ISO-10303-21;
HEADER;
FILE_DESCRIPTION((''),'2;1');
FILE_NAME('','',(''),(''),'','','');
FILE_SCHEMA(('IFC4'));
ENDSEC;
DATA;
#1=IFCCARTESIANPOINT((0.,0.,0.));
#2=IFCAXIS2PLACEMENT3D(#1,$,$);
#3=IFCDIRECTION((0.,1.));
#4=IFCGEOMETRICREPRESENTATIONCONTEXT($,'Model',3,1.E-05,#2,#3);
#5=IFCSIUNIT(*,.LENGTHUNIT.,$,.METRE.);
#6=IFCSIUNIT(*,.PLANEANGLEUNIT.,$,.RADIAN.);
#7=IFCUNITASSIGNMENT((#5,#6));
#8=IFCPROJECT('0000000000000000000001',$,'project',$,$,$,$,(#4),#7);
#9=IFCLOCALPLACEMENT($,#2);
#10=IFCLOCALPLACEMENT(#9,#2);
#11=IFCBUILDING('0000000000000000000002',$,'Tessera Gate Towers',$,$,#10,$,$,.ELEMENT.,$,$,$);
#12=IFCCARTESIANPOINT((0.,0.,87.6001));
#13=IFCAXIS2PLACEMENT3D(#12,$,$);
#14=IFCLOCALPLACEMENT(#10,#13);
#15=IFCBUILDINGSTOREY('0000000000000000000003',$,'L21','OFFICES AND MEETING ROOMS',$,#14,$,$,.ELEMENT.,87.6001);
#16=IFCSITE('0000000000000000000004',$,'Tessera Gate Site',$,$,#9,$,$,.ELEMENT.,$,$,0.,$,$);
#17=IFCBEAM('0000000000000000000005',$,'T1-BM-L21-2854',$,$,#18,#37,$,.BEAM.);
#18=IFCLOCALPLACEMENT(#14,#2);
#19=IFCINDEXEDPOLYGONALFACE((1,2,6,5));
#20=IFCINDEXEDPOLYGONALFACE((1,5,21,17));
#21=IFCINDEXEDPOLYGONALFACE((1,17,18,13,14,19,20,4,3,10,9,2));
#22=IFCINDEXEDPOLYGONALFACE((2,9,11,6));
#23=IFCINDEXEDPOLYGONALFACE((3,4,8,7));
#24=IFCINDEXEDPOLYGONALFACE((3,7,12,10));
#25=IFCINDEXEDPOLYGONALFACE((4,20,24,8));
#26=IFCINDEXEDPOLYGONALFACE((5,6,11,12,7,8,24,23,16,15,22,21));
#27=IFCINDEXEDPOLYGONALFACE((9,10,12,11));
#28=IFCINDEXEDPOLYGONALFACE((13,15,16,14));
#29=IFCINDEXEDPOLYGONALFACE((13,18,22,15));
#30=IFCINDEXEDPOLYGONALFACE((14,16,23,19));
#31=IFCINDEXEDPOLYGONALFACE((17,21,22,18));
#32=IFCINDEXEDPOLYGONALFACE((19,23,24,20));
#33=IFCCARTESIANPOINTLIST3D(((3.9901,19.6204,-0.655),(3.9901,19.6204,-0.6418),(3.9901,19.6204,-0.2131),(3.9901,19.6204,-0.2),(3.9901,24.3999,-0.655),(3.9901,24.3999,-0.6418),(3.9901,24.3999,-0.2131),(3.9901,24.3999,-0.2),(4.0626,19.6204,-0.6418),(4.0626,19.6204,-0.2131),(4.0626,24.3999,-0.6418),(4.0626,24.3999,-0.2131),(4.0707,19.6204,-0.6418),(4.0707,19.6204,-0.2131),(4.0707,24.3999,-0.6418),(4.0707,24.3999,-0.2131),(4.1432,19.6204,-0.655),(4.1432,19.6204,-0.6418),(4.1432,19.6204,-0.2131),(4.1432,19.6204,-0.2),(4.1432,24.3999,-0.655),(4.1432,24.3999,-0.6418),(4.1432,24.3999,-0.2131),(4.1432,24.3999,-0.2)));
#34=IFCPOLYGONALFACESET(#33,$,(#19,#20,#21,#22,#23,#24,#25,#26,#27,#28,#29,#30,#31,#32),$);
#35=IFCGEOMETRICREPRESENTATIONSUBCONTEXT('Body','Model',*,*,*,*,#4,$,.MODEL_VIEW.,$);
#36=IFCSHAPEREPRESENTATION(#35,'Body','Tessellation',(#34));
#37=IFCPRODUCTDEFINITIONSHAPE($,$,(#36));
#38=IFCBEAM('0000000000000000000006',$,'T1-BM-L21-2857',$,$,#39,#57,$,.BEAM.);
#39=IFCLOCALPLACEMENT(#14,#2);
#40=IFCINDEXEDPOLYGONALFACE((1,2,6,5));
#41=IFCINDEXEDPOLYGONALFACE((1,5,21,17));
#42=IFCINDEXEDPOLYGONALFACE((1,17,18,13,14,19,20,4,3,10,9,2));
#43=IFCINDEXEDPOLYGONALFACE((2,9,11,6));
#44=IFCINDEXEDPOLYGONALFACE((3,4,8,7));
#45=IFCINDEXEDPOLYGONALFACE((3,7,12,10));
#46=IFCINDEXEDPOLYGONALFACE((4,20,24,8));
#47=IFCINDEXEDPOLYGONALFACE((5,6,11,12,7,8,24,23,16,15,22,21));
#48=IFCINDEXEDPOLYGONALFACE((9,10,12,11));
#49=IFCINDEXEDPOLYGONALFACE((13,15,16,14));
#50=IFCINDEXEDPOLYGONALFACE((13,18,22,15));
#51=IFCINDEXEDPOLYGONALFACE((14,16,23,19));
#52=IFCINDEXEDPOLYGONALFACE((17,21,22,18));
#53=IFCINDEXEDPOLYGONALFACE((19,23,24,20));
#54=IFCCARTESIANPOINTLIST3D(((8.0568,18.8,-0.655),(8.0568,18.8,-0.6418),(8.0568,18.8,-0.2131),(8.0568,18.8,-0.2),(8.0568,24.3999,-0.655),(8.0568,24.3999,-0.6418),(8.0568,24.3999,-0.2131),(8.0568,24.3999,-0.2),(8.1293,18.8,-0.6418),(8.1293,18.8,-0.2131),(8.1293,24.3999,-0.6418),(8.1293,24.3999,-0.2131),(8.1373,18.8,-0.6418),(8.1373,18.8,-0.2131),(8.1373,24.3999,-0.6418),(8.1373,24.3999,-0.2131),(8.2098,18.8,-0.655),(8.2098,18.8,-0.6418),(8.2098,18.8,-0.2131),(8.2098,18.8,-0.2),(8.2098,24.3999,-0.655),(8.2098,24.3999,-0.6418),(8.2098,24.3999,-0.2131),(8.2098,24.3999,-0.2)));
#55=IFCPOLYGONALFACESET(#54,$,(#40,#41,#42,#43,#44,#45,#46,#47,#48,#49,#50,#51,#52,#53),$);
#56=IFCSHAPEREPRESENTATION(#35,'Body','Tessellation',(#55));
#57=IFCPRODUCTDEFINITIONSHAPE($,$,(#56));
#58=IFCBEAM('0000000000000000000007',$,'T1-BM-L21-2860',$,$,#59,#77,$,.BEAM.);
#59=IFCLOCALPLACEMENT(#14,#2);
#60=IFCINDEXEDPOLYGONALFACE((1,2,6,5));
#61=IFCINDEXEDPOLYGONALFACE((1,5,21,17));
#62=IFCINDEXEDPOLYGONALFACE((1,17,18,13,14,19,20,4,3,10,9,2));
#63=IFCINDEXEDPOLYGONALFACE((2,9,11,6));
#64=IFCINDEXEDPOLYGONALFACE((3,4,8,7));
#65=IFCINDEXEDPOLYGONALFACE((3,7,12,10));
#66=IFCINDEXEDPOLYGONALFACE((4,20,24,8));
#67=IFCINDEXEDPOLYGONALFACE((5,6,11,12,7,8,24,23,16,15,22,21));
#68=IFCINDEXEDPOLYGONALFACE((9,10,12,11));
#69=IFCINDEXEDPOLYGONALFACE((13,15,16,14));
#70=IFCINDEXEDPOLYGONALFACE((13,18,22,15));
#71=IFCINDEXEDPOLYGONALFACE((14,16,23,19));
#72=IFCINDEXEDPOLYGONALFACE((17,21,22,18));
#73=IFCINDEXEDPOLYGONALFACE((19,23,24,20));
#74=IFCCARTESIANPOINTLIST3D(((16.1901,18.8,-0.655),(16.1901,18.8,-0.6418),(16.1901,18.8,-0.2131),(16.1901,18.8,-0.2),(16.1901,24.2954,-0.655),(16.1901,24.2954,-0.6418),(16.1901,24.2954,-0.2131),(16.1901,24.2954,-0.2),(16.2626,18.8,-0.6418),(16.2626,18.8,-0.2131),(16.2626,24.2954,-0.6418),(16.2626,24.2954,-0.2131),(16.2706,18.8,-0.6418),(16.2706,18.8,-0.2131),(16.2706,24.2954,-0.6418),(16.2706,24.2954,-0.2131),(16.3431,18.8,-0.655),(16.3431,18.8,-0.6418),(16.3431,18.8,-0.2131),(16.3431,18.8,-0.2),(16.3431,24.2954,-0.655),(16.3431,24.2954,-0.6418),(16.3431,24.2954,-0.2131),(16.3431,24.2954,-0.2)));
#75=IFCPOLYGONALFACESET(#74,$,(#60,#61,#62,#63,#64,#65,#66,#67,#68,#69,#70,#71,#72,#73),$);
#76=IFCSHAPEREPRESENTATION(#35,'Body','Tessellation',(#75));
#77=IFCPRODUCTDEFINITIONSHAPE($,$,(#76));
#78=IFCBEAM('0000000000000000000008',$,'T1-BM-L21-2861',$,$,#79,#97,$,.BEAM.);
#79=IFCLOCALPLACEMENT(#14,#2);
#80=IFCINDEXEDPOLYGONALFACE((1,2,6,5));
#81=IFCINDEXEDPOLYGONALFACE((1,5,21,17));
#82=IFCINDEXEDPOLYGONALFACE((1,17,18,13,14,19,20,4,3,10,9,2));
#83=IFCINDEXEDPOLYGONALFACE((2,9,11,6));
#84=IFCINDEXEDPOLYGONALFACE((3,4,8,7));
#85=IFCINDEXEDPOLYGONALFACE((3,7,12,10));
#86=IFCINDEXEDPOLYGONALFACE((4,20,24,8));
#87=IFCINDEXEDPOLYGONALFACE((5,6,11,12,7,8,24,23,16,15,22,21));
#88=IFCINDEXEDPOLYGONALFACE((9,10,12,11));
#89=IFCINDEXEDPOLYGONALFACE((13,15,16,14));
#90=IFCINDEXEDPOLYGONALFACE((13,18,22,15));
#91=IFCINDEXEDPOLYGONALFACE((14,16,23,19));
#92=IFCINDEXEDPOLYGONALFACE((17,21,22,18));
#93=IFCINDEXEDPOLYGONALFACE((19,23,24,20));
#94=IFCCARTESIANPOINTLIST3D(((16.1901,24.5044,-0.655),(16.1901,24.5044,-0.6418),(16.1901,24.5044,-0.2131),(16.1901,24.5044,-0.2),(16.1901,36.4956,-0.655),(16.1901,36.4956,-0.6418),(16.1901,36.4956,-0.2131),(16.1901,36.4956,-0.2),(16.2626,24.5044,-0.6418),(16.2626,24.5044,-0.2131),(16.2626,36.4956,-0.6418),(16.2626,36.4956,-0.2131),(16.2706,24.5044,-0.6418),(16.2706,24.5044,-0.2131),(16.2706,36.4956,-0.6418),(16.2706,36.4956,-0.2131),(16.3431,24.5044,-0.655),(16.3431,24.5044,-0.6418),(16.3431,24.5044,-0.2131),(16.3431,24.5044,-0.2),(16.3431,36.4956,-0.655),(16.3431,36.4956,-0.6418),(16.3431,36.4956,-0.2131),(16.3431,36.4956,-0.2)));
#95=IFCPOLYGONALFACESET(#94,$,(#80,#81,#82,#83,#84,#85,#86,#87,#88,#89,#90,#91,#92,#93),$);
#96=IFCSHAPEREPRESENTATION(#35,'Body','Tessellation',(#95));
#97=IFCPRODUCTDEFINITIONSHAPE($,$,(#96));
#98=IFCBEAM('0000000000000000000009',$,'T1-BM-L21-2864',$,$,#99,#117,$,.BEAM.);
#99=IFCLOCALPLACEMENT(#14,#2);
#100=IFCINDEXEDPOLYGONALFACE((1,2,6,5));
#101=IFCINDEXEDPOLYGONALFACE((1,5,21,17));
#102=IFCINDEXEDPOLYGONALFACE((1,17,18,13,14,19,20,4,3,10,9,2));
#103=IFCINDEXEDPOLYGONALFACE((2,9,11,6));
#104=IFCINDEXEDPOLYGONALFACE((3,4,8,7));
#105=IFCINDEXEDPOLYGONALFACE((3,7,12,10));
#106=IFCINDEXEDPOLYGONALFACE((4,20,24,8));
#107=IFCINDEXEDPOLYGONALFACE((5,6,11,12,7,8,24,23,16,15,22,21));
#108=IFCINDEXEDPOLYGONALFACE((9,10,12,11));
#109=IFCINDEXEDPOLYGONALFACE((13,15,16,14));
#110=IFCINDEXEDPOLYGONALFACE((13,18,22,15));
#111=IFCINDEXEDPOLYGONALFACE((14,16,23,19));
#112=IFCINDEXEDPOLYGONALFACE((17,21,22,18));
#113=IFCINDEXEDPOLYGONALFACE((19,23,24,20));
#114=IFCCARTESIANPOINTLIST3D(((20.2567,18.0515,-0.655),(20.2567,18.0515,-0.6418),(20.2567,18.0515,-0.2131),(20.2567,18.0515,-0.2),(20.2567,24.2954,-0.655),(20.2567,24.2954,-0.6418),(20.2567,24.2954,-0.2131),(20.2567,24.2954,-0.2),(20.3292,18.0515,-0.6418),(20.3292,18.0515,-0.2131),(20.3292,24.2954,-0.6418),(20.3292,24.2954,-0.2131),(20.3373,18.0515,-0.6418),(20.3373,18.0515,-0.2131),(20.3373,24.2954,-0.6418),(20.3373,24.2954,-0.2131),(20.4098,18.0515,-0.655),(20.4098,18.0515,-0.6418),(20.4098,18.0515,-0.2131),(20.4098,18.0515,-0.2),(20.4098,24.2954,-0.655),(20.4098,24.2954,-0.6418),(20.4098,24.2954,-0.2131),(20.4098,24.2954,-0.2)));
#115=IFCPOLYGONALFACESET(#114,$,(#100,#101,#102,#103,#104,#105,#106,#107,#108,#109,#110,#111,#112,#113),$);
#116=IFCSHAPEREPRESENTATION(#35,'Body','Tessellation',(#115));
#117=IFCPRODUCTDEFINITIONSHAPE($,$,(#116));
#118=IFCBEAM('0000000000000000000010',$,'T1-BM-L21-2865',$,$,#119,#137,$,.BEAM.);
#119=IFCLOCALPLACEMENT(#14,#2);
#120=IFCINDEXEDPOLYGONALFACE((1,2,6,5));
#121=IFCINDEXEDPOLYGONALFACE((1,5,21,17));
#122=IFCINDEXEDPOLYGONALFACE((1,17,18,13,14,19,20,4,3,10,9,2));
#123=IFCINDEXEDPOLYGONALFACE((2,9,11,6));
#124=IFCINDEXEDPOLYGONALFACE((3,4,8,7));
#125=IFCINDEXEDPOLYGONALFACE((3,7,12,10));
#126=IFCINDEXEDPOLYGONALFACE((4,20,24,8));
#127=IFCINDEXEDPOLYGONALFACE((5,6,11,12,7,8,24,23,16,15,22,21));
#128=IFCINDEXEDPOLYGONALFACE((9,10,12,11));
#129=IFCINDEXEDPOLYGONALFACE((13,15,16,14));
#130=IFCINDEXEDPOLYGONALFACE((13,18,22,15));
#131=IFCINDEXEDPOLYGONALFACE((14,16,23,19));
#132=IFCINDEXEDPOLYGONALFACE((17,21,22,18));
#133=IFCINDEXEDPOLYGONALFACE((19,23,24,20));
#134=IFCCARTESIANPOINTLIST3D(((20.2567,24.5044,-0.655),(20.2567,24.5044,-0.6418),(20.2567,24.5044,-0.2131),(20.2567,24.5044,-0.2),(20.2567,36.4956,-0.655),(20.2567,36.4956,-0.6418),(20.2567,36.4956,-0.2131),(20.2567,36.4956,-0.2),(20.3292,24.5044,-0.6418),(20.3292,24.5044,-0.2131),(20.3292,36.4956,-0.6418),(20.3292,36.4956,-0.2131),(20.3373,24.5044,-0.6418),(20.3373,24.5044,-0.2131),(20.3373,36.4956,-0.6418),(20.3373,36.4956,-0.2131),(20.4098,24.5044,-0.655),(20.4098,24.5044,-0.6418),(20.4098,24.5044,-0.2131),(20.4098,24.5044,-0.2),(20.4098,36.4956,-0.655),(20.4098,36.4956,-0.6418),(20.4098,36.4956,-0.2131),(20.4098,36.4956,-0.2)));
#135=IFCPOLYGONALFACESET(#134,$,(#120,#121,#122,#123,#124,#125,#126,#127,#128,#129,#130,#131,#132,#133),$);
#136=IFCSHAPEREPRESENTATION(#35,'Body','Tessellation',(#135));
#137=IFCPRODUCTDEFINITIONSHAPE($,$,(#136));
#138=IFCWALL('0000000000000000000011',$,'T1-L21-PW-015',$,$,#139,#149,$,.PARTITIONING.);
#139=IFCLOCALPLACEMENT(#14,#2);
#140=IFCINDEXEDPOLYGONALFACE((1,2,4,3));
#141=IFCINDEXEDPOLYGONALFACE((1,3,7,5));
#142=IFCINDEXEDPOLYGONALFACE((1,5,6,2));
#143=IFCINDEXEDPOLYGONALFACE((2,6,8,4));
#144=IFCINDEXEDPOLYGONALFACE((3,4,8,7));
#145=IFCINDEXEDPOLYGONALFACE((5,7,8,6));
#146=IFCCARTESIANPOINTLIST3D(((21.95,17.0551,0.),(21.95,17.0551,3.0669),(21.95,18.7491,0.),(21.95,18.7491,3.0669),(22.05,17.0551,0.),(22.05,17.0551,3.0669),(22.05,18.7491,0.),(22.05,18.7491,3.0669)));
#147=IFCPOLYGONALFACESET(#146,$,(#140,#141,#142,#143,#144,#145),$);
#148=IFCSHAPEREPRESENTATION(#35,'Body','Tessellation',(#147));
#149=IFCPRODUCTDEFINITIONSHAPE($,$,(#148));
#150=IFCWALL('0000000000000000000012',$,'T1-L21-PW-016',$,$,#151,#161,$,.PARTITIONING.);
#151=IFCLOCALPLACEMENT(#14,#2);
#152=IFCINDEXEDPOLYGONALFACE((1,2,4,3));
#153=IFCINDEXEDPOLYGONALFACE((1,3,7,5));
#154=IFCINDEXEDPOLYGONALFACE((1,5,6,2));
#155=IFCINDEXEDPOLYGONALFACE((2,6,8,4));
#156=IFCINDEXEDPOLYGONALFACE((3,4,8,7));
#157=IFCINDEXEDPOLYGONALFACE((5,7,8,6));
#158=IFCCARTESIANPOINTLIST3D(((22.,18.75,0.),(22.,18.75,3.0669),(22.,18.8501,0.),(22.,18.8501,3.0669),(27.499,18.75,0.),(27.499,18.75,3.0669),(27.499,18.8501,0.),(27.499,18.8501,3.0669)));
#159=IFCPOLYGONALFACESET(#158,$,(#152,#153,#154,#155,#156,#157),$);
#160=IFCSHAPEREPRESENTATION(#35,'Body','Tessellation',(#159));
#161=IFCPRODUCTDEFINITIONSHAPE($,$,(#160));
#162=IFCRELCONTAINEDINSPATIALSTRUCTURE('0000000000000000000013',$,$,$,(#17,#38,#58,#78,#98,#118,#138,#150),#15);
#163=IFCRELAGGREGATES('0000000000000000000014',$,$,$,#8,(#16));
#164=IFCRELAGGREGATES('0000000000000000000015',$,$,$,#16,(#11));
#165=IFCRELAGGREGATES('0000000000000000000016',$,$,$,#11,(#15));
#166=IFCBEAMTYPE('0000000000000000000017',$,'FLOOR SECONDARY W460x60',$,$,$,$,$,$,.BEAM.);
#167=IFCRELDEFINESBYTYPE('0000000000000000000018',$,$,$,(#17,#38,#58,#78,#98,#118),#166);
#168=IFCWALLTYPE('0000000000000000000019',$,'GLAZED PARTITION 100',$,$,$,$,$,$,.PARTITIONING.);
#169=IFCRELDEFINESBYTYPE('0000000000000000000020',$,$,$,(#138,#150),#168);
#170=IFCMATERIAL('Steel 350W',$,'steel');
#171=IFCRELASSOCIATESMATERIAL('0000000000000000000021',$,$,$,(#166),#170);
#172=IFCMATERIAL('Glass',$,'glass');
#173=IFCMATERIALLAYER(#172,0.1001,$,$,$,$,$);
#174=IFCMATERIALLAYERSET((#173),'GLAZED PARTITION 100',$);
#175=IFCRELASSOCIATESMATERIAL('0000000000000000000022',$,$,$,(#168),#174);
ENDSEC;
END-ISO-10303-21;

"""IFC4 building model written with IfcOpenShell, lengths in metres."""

from ifc_helpers import new_model, si_unit, direction, frame, frame_2d, origin, origin_2d, place, context, subcontext, project, spatial, rectangle, i_section, extrude, material, layer, layer_set, material_profile, profile_set, type_object, element, save


model = new_model("IFC4")

# Units and contexts
model_context = context("Model", 3, precision=1e-05, world=origin(), true_north=direction((0.0, 1.0)))
body_context = subcontext(model_context, "Body", "Model", "MODEL_VIEW")
ifc_project = project(units=[si_unit("LENGTHUNIT", "METRE"), si_unit("PLANEANGLEUNIT", "RADIAN")], contexts=[model_context])

# Site, building, storey
site_placement = place(None, origin())
site = spatial("IfcSite", under=ifc_project, at=site_placement, Name="Tessera Gate Site", CompositionType="ELEMENT", RefElevation=0.0)
building_placement = place(site_placement, origin())
building = spatial("IfcBuilding", under=site, at=building_placement, Name="Tessera Gate Towers", CompositionType="ELEMENT")
storey_placement = place(building_placement, frame((0.0, 0.0, 87.6001)))
storey = spatial("IfcBuildingStorey", under=building, at=storey_placement, Name="L21", Description="OFFICES AND MEETING ROOMS", CompositionType="ELEMENT", Elevation=87.6001)

# Beams
ifc_material_1 = material(Name="Steel 350W", Category="steel")
ifc_material_profile_1 = material_profile(ifc_material_1, i_section(OverallWidth=0.1531, OverallDepth=0.4551, WebThickness=0.0081, FlangeThickness=0.0132, at=origin_2d()), Name="W460x60")
ifc_profile_set_1 = profile_set([ifc_material_profile_1], Name="Steel 350W")
beam_type_1 = type_object("IfcBeamType", Name="FLOOR SECONDARY W460x60", PredefinedType="BEAM", material=ifc_profile_set_1)
beam_1_placement = place(storey_placement, frame((4.0667, 19.6204, -0.4275), z_axis=(0.0, 1.0, 0.0), x_axis=(-1.0, 0.0, 0.0)))
element("IfcBeam", 1, at=beam_1_placement, inside=storey, type_object=beam_type_1, Name="T1-BM-L21-2854", PredefinedType="BEAM", context=body_context, shape_type="SweptSolid", body=[
    extrude(i_section(OverallWidth=0.1531, OverallDepth=0.4551, WebThickness=0.0081, FlangeThickness=0.0132, at=origin_2d()), origin(), (0.0, 0.0, 1.0), 4.7795),
])
beam_2_placement = place(storey_placement, frame((8.1333, 18.8, -0.4275), z_axis=(0.0, 1.0, 0.0), x_axis=(-1.0, 0.0, 0.0)))
element("IfcBeam", 2, at=beam_2_placement, inside=storey, type_object=beam_type_1, Name="T1-BM-L21-2857", PredefinedType="BEAM", context=body_context, shape_type="SweptSolid", body=[
    extrude(i_section(OverallWidth=0.1531, OverallDepth=0.4551, WebThickness=0.0081, FlangeThickness=0.0132, at=origin_2d()), origin(), (0.0, 0.0, 1.0), 5.5999),
])
beam_3_placement = place(storey_placement, frame((16.2666, 18.8, -0.4275), z_axis=(0.0, 1.0, 0.0), x_axis=(-1.0, 0.0, 0.0)))
element("IfcBeam", 3, at=beam_3_placement, inside=storey, type_object=beam_type_1, Name="T1-BM-L21-2860", PredefinedType="BEAM", context=body_context, shape_type="SweptSolid", body=[
    extrude(i_section(OverallWidth=0.1531, OverallDepth=0.4551, WebThickness=0.0081, FlangeThickness=0.0132, at=origin_2d()), origin(), (0.0, 0.0, 1.0), 5.4954),
])
beam_4_placement = place(storey_placement, frame((16.2666, 24.5044, -0.4275), z_axis=(0.0, 1.0, 0.0), x_axis=(-1.0, 0.0, 0.0)))
element("IfcBeam", 4, at=beam_4_placement, inside=storey, type_object=beam_type_1, Name="T1-BM-L21-2861", PredefinedType="BEAM", context=body_context, shape_type="SweptSolid", body=[
    extrude(i_section(OverallWidth=0.1531, OverallDepth=0.4551, WebThickness=0.0081, FlangeThickness=0.0132, at=origin_2d()), origin(), (0.0, 0.0, 1.0), 11.9912),
])
beam_5_placement = place(storey_placement, frame((20.3333, 18.0515, -0.4275), z_axis=(0.0, 1.0, 0.0), x_axis=(-1.0, 0.0, 0.0)))
element("IfcBeam", 5, at=beam_5_placement, inside=storey, type_object=beam_type_1, Name="T1-BM-L21-2864", PredefinedType="BEAM", context=body_context, shape_type="SweptSolid", body=[
    extrude(i_section(OverallWidth=0.1531, OverallDepth=0.4551, WebThickness=0.0081, FlangeThickness=0.0132, at=origin_2d()), origin(), (0.0, 0.0, 1.0), 6.2439),
])
beam_6_placement = place(storey_placement, frame((20.3333, 24.5044, -0.4275), z_axis=(0.0, 1.0, 0.0), x_axis=(-1.0, 0.0, 0.0)))
element("IfcBeam", 6, at=beam_6_placement, inside=storey, type_object=beam_type_1, Name="T1-BM-L21-2865", PredefinedType="BEAM", context=body_context, shape_type="SweptSolid", body=[
    extrude(i_section(OverallWidth=0.1531, OverallDepth=0.4551, WebThickness=0.0081, FlangeThickness=0.0132, at=origin_2d()), origin(), (0.0, 0.0, 1.0), 11.9912),
])

# Walls
ifc_material_2 = material(Name="Glass", Category="glass")
ifc_layer_1 = layer(ifc_material_2, 0.1001)
ifc_layer_set_1 = layer_set([ifc_layer_1], Name="GLAZED PARTITION 100")
wall_type_1 = type_object("IfcWallType", Name="GLAZED PARTITION 100", PredefinedType="PARTITIONING", material=ifc_layer_set_1)
wall_1_placement = place(storey_placement, frame((22.0, 17.0549, 0.0), z_axis=(0.0, 0.0, 1.0), x_axis=(0.0, 1.0, 0.0)))
element("IfcWall", 7, at=wall_1_placement, inside=storey, type_object=wall_type_1, Name="T1-L21-PW-015", PredefinedType="PARTITIONING", context=body_context, shape_type="SweptSolid", body=[
    extrude(rectangle(XDim=1.6941, YDim=0.1001, at=frame_2d((0.8472, 0.0))), origin(), (0.0, 0.0, 1.0), 3.0669),
])
wall_2_placement = place(storey_placement, frame((22.0, 18.8, 0.0), z_axis=(0.0, 0.0, 1.0), x_axis=(1.0, 0.0, 0.0)))
element("IfcWall", 8, at=wall_2_placement, inside=storey, type_object=wall_type_1, Name="T1-L21-PW-016", PredefinedType="PARTITIONING", context=body_context, shape_type="SweptSolid", body=[
    extrude(rectangle(XDim=5.499, YDim=0.1001, at=frame_2d((2.7495, 0.0))), origin(), (0.0, 0.0, 1.0), 3.0669),
])

save(model, "model.ifc")
